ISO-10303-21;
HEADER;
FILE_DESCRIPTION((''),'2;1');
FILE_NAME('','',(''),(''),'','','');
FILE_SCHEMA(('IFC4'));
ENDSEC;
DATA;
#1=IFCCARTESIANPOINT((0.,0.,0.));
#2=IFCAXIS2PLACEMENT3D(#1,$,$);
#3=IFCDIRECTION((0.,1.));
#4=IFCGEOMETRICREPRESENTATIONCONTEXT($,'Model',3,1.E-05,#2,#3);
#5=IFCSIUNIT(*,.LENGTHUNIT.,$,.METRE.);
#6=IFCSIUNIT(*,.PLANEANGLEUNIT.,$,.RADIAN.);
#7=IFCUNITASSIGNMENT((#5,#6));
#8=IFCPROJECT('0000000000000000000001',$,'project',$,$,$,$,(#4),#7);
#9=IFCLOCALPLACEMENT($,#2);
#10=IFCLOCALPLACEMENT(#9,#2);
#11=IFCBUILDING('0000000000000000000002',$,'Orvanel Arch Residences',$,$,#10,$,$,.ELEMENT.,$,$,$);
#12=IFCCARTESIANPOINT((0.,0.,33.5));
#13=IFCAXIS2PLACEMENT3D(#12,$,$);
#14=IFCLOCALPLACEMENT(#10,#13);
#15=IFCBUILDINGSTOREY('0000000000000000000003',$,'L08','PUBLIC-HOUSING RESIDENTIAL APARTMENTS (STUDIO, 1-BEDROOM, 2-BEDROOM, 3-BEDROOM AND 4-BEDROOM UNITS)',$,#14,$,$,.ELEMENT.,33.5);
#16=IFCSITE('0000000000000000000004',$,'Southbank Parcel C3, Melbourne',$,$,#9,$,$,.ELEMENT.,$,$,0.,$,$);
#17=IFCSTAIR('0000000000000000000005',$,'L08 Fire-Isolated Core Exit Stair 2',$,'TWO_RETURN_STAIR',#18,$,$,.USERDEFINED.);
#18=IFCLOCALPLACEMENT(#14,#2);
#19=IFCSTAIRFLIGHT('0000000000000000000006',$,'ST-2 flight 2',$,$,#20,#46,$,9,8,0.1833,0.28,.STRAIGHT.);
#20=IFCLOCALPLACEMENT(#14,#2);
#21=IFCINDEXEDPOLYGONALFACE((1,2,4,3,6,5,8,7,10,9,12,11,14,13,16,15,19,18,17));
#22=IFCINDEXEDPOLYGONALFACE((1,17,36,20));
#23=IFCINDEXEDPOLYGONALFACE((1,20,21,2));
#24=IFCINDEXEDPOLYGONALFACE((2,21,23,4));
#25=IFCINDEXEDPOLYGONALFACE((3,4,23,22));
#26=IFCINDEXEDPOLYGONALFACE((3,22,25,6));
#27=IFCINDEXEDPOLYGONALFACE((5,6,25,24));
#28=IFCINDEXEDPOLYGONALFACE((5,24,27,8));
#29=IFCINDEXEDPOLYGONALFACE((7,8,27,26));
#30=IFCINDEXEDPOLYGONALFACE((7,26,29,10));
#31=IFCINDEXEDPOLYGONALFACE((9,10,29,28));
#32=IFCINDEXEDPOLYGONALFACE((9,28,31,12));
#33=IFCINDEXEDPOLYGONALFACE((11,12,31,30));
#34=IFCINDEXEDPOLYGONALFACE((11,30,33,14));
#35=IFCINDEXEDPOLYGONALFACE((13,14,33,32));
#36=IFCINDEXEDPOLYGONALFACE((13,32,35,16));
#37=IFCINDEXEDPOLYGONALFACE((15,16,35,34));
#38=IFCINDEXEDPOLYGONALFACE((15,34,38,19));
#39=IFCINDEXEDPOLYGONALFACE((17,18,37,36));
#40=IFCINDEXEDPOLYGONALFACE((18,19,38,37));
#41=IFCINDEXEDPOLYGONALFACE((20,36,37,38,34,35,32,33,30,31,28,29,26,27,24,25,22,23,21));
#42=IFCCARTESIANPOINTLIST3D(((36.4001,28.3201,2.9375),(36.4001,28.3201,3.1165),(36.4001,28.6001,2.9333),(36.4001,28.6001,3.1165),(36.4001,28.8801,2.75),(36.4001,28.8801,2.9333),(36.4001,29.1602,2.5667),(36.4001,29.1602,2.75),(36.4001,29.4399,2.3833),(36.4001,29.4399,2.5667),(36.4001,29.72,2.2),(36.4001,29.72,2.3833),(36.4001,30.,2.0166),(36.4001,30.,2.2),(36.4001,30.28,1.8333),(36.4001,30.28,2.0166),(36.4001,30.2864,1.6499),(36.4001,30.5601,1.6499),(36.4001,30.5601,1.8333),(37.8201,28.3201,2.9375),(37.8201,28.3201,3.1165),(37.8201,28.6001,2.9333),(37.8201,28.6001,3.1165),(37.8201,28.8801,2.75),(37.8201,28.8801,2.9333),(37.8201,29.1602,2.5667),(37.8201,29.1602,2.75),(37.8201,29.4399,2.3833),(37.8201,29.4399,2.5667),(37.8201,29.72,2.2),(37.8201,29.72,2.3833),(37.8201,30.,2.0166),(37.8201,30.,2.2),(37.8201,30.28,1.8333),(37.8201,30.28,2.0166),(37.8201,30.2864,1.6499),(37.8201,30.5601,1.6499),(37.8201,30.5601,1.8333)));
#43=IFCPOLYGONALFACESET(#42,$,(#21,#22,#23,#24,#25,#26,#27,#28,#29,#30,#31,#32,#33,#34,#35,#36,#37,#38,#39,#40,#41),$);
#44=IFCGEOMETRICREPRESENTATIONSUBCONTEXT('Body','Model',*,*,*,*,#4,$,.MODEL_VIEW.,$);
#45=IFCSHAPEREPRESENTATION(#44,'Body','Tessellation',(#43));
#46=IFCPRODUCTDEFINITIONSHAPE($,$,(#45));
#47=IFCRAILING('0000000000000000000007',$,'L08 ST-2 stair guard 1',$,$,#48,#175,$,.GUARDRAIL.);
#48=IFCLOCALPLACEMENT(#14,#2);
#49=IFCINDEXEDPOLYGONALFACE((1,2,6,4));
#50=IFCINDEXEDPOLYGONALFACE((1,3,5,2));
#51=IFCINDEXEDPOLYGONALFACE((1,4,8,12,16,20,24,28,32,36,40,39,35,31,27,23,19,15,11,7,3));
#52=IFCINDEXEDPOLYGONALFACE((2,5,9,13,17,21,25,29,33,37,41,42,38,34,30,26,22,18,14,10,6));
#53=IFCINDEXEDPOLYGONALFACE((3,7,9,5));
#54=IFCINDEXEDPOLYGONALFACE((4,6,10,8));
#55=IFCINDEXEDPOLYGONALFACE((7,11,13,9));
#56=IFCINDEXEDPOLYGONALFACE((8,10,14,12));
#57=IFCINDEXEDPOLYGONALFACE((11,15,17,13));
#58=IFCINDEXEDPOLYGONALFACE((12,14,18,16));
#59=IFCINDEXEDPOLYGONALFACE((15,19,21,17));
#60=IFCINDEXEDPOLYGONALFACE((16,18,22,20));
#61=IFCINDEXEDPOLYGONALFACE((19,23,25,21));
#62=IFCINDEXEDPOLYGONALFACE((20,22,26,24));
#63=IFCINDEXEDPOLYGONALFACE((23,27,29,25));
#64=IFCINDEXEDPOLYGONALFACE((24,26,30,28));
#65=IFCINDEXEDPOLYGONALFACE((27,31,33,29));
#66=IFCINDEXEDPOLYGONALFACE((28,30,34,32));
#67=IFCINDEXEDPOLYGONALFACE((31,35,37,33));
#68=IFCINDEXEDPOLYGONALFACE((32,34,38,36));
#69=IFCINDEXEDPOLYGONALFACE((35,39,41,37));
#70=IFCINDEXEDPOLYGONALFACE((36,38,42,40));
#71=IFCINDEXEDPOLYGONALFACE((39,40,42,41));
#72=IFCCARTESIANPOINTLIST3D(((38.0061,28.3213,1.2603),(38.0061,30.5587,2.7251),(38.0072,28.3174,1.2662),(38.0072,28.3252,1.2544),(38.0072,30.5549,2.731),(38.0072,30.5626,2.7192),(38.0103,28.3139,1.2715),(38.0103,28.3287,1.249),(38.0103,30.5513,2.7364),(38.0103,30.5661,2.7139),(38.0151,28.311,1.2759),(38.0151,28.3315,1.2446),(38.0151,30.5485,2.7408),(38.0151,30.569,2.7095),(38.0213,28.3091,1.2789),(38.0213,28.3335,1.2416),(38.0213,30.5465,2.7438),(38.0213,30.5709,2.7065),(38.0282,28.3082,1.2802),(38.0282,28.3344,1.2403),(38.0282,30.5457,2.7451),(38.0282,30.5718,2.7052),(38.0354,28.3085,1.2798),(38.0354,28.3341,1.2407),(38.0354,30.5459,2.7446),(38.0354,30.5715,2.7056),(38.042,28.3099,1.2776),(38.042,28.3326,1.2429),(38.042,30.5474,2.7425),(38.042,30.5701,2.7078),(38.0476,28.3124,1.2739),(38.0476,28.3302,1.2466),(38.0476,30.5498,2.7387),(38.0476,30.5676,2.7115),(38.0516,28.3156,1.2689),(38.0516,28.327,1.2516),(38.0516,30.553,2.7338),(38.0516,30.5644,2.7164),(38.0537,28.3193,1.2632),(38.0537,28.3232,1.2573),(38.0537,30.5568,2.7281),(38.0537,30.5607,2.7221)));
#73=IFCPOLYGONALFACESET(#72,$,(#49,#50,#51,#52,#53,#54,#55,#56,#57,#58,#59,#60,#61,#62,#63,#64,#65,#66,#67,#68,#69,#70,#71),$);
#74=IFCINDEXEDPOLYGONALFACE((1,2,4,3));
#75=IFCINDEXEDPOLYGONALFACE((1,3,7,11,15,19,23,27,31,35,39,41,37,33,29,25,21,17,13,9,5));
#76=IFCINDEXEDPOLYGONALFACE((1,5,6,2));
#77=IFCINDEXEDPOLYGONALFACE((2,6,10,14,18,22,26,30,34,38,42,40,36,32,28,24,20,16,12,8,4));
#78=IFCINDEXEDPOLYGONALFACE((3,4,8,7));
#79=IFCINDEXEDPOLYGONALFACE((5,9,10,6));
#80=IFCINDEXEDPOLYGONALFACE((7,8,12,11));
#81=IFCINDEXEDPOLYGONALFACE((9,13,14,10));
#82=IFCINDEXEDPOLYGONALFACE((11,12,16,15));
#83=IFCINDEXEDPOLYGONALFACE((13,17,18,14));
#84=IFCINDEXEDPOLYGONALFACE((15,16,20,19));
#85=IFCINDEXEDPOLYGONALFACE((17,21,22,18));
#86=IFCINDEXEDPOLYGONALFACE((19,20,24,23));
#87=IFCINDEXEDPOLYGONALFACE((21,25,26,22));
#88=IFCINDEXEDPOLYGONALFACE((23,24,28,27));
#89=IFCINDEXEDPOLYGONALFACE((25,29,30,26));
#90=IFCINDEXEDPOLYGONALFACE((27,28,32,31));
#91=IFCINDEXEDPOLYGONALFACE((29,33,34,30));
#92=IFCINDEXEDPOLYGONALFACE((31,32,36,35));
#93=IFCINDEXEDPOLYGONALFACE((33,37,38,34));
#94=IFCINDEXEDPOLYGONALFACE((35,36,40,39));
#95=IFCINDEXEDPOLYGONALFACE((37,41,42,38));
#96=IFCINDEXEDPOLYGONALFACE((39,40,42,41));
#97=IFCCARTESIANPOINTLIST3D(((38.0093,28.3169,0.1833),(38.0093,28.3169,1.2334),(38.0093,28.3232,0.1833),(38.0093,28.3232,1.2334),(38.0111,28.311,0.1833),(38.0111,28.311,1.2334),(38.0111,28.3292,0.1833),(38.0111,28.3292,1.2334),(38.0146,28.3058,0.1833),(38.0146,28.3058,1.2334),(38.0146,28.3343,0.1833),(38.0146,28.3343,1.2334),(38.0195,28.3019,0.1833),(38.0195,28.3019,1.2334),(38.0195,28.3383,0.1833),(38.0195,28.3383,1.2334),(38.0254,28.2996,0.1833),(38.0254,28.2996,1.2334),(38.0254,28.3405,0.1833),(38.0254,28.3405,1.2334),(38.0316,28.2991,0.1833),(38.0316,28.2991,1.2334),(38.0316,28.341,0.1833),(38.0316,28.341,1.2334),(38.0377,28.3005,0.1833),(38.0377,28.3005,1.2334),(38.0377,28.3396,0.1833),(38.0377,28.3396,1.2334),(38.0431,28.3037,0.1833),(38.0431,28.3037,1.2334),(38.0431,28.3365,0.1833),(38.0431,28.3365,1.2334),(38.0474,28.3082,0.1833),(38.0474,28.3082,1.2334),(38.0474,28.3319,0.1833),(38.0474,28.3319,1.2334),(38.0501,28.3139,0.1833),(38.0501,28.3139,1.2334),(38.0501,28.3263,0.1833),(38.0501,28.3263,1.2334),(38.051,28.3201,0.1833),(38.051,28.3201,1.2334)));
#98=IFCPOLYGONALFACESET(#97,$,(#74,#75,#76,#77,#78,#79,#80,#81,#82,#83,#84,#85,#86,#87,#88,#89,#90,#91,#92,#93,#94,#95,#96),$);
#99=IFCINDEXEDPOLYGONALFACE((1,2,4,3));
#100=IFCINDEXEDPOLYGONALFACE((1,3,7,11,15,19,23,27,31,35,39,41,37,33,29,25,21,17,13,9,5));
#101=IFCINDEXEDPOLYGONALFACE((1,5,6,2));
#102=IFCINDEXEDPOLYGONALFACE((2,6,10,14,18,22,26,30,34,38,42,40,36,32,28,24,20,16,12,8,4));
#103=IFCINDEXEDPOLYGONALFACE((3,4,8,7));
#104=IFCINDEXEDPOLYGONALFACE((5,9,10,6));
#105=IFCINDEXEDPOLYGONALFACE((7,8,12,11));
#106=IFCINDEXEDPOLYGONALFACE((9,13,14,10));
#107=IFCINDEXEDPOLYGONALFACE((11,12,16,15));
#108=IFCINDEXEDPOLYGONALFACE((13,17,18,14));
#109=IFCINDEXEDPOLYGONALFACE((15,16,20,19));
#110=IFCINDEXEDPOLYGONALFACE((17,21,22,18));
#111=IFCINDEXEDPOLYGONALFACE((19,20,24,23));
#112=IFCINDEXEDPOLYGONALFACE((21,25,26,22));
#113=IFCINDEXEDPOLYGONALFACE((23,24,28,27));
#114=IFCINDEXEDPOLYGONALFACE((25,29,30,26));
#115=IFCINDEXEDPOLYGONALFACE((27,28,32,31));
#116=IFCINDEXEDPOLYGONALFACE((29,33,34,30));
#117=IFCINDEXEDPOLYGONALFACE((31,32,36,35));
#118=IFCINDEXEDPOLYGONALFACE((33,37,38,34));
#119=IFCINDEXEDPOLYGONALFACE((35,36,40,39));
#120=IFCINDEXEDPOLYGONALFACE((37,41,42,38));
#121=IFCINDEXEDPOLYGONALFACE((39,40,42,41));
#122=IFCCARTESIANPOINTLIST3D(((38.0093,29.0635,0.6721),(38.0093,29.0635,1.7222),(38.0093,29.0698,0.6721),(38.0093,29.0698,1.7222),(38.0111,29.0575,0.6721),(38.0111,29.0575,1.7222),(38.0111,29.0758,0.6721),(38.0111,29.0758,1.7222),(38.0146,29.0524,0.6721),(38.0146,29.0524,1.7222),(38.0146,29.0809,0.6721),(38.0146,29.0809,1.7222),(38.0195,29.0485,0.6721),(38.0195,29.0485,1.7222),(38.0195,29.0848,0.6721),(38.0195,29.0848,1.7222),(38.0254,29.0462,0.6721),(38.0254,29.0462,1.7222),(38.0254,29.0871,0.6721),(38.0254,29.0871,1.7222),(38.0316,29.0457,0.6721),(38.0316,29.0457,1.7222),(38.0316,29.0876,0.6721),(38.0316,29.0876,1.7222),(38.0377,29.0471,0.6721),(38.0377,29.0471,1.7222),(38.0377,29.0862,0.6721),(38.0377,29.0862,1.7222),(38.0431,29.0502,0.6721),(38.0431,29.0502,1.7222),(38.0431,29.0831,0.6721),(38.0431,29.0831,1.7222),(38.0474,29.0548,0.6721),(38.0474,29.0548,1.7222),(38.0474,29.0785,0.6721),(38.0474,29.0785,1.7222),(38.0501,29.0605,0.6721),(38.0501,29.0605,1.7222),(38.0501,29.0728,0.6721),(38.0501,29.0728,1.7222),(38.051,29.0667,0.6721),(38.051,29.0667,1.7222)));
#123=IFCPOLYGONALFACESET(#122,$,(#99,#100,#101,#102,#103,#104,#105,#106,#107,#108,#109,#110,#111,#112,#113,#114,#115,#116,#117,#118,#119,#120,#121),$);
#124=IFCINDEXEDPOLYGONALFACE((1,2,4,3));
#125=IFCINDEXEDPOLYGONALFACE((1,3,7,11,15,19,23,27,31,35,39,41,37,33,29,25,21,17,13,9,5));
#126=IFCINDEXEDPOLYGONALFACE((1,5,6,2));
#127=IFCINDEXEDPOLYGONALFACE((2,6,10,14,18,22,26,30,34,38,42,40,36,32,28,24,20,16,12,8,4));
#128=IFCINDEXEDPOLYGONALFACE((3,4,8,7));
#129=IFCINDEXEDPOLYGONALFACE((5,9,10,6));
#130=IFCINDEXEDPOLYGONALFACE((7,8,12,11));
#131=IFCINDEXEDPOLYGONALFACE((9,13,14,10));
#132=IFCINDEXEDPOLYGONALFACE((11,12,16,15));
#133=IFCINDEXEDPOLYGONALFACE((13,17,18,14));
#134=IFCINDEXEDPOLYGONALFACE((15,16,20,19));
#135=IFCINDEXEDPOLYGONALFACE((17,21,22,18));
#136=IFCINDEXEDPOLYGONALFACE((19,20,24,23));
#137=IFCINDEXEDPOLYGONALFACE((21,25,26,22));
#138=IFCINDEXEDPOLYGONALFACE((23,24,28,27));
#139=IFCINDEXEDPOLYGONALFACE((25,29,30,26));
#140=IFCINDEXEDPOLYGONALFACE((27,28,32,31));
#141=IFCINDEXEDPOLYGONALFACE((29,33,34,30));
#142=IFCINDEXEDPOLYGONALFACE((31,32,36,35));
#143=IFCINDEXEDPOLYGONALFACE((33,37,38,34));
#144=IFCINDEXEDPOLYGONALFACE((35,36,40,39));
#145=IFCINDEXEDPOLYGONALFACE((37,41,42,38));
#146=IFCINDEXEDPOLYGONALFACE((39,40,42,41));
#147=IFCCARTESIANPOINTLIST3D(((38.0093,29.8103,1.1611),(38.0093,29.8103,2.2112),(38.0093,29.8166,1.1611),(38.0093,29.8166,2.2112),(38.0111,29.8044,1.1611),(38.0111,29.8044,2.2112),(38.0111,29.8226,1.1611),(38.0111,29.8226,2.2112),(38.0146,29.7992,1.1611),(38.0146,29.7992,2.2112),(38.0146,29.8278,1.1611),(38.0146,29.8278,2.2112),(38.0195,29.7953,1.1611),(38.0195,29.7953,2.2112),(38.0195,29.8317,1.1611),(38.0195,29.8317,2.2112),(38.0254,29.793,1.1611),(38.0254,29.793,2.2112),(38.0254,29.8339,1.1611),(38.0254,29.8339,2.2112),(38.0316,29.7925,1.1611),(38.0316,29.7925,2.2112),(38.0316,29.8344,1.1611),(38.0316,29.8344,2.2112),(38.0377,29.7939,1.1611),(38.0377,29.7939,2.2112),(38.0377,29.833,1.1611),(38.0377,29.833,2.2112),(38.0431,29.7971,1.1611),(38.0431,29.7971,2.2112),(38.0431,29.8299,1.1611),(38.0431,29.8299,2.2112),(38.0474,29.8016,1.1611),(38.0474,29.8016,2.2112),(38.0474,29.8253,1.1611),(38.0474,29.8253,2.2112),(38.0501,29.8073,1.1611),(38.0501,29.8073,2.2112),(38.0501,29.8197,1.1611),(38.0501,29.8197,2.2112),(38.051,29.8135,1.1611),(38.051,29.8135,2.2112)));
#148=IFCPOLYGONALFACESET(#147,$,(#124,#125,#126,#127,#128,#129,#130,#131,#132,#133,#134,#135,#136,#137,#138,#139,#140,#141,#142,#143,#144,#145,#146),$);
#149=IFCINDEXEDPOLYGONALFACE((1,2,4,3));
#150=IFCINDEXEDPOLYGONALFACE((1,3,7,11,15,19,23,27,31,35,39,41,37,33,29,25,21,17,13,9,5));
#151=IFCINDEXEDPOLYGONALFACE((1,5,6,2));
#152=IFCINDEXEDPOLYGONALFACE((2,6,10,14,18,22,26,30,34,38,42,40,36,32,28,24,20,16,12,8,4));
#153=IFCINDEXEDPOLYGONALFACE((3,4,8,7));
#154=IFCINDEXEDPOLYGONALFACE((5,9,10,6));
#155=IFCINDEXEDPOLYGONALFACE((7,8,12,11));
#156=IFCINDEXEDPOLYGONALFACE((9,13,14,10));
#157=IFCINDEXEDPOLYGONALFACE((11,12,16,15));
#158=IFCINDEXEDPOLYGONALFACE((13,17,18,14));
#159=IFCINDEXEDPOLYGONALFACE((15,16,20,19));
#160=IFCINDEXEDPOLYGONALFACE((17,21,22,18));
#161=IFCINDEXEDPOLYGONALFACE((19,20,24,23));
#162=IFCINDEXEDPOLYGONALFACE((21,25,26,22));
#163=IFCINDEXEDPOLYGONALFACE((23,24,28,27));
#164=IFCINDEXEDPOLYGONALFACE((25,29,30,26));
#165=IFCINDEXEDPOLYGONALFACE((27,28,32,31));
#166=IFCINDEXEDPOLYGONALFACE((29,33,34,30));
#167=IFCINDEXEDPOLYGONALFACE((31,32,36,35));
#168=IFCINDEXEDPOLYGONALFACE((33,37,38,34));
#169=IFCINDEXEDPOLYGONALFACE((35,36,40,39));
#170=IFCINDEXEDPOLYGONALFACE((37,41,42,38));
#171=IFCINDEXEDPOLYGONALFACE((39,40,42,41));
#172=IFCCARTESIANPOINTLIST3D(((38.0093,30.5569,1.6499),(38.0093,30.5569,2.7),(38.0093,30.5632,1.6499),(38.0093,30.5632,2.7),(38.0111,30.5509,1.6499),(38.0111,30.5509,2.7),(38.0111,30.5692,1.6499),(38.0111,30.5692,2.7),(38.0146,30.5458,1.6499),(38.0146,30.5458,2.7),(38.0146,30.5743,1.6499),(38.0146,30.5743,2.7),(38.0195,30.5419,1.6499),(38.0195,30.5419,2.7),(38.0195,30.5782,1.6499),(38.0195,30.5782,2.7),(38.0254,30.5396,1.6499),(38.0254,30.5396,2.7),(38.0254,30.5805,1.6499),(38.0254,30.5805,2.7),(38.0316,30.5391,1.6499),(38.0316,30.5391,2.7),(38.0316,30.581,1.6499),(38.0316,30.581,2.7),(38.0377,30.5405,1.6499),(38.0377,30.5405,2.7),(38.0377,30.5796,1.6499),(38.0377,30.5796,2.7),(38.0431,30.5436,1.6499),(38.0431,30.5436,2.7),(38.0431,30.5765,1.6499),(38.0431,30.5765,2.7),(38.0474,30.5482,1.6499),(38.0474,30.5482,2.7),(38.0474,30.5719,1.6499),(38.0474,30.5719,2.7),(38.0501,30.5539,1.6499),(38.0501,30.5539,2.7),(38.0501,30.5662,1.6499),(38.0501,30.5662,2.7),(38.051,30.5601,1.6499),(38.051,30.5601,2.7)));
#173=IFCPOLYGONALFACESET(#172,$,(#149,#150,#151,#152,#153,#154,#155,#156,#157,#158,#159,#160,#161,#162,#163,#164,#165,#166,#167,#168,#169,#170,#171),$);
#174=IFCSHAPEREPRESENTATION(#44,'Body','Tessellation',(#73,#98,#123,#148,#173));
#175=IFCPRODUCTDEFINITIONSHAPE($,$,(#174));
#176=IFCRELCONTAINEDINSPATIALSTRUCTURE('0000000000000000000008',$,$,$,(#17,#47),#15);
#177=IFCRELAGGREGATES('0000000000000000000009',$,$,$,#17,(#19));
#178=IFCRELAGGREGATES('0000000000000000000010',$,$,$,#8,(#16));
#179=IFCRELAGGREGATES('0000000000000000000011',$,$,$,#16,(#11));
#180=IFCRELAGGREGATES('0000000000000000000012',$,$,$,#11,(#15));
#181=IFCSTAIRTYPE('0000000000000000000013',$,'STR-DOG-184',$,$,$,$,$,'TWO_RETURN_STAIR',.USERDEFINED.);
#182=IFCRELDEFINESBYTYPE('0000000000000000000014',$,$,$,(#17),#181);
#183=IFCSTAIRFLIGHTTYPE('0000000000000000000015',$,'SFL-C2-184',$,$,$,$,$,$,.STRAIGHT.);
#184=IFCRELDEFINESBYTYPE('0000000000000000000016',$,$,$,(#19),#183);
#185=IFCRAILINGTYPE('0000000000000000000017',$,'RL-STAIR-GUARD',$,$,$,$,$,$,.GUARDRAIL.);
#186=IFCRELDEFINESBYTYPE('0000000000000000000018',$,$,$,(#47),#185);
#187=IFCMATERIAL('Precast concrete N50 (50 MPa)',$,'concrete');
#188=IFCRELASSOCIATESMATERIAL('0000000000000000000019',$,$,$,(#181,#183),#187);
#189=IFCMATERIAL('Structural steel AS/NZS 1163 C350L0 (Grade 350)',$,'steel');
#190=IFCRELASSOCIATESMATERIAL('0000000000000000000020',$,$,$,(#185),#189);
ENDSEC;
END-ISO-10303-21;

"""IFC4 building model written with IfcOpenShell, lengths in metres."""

from ifc_helpers import new_model, si_unit, direction, frame, origin, origin_2d, place, context, subcontext, project, spatial, polyline, circle, outline, extrude, material, type_object, element, aggregate, save


model = new_model("IFC4")

# Units and contexts
model_context = context("Model", 3, precision=1e-05, world=origin(), true_north=direction((0.0, 1.0)))
body_context = subcontext(model_context, "Body", "Model", "MODEL_VIEW")
ifc_project = project(units=[si_unit("LENGTHUNIT", "METRE"), si_unit("PLANEANGLEUNIT", "RADIAN")], contexts=[model_context])

# Site, building, storey
site_placement = place(None, origin())
site = spatial("IfcSite", under=ifc_project, at=site_placement, Name="Southbank Parcel C3, Melbourne", CompositionType="ELEMENT", RefElevation=0.0)
building_placement = place(site_placement, origin())
building = spatial("IfcBuilding", under=site, at=building_placement, Name="Orvanel Arch Residences", CompositionType="ELEMENT")
storey_placement = place(building_placement, frame((0.0, 0.0, 33.5)))
storey = spatial("IfcBuildingStorey", under=building, at=storey_placement, Name="L08", Description="PUBLIC-HOUSING RESIDENTIAL APARTMENTS (STUDIO, 1-BEDROOM, 2-BEDROOM, 3-BEDROOM AND 4-BEDROOM UNITS)", CompositionType="ELEMENT", Elevation=33.5)

# Stair, stair flight
ifc_material_1 = material(Name="Precast concrete N50 (50 MPa)", Category="concrete")
stair_type = type_object("IfcStairType", Name="STR-DOG-184", ElementType="TWO_RETURN_STAIR", PredefinedType="USERDEFINED", material=ifc_material_1)
stair_placement = place(storey_placement, origin())
stair = element("IfcStair", 1, at=stair_placement, inside=storey, type_object=stair_type, Name="L08 Fire-Isolated Core Exit Stair 2", ObjectType="TWO_RETURN_STAIR", PredefinedType="USERDEFINED")
stair_flight_type = type_object("IfcStairFlightType", Name="SFL-C2-184", PredefinedType="STRAIGHT", material=ifc_material_1)
stair_flight_1_placement = place(storey_placement, frame((37.1101, 30.5601, 1.6499), z_axis=(0.0, 0.0, 1.0), x_axis=(0.0, -1.0, 0.0)))
stair_flight_1 = element("IfcStairFlight", 2, at=stair_flight_1_placement, type_object=stair_flight_type, Name="ST-2 flight 2", NumberOfRisers=9, NumberOfTreads=8, PredefinedType="STRAIGHT", RiserHeight=0.1833, TreadLength=0.28, context=body_context, shape_type="SweptSolid", body=[
    extrude(outline(polyline([(0.0, 0.0), (0.0, 0.1833), (0.28, 0.1833), (0.28, 0.3667), (0.5601, 0.3667), (0.5601, 0.55), (0.8401, 0.55), (0.8401, 0.7334), (1.1201, 0.7334), (1.1201, 0.9167), (1.3999, 0.9167), (1.3999, 1.1001), (1.6799, 1.1001), (1.6799, 1.2834), (1.96, 1.2834), (1.96, 1.4666), (2.24, 1.4666), (2.24, 1.6499), (2.24, 1.2876), (0.2737, 0.0), (0.0, 0.0)])), frame((0.0, 0.71, 0.0), z_axis=(0.0, -1.0, 0.0), x_axis=(1.0, 0.0, 0.0)), (0.0, 0.0, 1.0), 1.4199),
])
aggregate(stair, [stair_flight_1])

# Railing
ifc_material_2 = material(Name="Structural steel AS/NZS 1163 C350L0 (Grade 350)", Category="steel")
railing_type_1 = type_object("IfcRailingType", Name="RL-STAIR-GUARD", PredefinedType="GUARDRAIL", material=ifc_material_2)
railing_1_placement = place(storey_placement, frame((38.03, 28.3201, 0.1833)))
element("IfcRailing", 3, at=railing_1_placement, inside=storey, type_object=railing_type_1, Name="L08 ST-2 stair guard 1", PredefinedType="GUARDRAIL", context=body_context, shape_type="SweptSolid", body=[
    extrude(circle(Radius=0.0239, at=origin_2d()), frame((0.0, 0.0012, 1.0769), z_axis=(0.0, 0.836637, 0.547758), x_axis=(-1.0, 0.0, 0.0)), (0.0, 0.0, 1.0), 2.6743),
    extrude(circle(Radius=0.021, at=origin_2d()), origin(), (0.0, 0.0, 1.0), 1.05),
    extrude(circle(Radius=0.021, at=origin_2d()), frame((0.0, 0.7466, 0.4888)), (0.0, 0.0, 1.0), 1.05),
    extrude(circle(Radius=0.021, at=origin_2d()), frame((0.0, 1.4934, 0.9778)), (0.0, 0.0, 1.0), 1.05),
    extrude(circle(Radius=0.021, at=origin_2d()), frame((0.0, 2.24, 1.4666)), (0.0, 0.0, 1.0), 1.05),
])

save(model, "model.ifc")
